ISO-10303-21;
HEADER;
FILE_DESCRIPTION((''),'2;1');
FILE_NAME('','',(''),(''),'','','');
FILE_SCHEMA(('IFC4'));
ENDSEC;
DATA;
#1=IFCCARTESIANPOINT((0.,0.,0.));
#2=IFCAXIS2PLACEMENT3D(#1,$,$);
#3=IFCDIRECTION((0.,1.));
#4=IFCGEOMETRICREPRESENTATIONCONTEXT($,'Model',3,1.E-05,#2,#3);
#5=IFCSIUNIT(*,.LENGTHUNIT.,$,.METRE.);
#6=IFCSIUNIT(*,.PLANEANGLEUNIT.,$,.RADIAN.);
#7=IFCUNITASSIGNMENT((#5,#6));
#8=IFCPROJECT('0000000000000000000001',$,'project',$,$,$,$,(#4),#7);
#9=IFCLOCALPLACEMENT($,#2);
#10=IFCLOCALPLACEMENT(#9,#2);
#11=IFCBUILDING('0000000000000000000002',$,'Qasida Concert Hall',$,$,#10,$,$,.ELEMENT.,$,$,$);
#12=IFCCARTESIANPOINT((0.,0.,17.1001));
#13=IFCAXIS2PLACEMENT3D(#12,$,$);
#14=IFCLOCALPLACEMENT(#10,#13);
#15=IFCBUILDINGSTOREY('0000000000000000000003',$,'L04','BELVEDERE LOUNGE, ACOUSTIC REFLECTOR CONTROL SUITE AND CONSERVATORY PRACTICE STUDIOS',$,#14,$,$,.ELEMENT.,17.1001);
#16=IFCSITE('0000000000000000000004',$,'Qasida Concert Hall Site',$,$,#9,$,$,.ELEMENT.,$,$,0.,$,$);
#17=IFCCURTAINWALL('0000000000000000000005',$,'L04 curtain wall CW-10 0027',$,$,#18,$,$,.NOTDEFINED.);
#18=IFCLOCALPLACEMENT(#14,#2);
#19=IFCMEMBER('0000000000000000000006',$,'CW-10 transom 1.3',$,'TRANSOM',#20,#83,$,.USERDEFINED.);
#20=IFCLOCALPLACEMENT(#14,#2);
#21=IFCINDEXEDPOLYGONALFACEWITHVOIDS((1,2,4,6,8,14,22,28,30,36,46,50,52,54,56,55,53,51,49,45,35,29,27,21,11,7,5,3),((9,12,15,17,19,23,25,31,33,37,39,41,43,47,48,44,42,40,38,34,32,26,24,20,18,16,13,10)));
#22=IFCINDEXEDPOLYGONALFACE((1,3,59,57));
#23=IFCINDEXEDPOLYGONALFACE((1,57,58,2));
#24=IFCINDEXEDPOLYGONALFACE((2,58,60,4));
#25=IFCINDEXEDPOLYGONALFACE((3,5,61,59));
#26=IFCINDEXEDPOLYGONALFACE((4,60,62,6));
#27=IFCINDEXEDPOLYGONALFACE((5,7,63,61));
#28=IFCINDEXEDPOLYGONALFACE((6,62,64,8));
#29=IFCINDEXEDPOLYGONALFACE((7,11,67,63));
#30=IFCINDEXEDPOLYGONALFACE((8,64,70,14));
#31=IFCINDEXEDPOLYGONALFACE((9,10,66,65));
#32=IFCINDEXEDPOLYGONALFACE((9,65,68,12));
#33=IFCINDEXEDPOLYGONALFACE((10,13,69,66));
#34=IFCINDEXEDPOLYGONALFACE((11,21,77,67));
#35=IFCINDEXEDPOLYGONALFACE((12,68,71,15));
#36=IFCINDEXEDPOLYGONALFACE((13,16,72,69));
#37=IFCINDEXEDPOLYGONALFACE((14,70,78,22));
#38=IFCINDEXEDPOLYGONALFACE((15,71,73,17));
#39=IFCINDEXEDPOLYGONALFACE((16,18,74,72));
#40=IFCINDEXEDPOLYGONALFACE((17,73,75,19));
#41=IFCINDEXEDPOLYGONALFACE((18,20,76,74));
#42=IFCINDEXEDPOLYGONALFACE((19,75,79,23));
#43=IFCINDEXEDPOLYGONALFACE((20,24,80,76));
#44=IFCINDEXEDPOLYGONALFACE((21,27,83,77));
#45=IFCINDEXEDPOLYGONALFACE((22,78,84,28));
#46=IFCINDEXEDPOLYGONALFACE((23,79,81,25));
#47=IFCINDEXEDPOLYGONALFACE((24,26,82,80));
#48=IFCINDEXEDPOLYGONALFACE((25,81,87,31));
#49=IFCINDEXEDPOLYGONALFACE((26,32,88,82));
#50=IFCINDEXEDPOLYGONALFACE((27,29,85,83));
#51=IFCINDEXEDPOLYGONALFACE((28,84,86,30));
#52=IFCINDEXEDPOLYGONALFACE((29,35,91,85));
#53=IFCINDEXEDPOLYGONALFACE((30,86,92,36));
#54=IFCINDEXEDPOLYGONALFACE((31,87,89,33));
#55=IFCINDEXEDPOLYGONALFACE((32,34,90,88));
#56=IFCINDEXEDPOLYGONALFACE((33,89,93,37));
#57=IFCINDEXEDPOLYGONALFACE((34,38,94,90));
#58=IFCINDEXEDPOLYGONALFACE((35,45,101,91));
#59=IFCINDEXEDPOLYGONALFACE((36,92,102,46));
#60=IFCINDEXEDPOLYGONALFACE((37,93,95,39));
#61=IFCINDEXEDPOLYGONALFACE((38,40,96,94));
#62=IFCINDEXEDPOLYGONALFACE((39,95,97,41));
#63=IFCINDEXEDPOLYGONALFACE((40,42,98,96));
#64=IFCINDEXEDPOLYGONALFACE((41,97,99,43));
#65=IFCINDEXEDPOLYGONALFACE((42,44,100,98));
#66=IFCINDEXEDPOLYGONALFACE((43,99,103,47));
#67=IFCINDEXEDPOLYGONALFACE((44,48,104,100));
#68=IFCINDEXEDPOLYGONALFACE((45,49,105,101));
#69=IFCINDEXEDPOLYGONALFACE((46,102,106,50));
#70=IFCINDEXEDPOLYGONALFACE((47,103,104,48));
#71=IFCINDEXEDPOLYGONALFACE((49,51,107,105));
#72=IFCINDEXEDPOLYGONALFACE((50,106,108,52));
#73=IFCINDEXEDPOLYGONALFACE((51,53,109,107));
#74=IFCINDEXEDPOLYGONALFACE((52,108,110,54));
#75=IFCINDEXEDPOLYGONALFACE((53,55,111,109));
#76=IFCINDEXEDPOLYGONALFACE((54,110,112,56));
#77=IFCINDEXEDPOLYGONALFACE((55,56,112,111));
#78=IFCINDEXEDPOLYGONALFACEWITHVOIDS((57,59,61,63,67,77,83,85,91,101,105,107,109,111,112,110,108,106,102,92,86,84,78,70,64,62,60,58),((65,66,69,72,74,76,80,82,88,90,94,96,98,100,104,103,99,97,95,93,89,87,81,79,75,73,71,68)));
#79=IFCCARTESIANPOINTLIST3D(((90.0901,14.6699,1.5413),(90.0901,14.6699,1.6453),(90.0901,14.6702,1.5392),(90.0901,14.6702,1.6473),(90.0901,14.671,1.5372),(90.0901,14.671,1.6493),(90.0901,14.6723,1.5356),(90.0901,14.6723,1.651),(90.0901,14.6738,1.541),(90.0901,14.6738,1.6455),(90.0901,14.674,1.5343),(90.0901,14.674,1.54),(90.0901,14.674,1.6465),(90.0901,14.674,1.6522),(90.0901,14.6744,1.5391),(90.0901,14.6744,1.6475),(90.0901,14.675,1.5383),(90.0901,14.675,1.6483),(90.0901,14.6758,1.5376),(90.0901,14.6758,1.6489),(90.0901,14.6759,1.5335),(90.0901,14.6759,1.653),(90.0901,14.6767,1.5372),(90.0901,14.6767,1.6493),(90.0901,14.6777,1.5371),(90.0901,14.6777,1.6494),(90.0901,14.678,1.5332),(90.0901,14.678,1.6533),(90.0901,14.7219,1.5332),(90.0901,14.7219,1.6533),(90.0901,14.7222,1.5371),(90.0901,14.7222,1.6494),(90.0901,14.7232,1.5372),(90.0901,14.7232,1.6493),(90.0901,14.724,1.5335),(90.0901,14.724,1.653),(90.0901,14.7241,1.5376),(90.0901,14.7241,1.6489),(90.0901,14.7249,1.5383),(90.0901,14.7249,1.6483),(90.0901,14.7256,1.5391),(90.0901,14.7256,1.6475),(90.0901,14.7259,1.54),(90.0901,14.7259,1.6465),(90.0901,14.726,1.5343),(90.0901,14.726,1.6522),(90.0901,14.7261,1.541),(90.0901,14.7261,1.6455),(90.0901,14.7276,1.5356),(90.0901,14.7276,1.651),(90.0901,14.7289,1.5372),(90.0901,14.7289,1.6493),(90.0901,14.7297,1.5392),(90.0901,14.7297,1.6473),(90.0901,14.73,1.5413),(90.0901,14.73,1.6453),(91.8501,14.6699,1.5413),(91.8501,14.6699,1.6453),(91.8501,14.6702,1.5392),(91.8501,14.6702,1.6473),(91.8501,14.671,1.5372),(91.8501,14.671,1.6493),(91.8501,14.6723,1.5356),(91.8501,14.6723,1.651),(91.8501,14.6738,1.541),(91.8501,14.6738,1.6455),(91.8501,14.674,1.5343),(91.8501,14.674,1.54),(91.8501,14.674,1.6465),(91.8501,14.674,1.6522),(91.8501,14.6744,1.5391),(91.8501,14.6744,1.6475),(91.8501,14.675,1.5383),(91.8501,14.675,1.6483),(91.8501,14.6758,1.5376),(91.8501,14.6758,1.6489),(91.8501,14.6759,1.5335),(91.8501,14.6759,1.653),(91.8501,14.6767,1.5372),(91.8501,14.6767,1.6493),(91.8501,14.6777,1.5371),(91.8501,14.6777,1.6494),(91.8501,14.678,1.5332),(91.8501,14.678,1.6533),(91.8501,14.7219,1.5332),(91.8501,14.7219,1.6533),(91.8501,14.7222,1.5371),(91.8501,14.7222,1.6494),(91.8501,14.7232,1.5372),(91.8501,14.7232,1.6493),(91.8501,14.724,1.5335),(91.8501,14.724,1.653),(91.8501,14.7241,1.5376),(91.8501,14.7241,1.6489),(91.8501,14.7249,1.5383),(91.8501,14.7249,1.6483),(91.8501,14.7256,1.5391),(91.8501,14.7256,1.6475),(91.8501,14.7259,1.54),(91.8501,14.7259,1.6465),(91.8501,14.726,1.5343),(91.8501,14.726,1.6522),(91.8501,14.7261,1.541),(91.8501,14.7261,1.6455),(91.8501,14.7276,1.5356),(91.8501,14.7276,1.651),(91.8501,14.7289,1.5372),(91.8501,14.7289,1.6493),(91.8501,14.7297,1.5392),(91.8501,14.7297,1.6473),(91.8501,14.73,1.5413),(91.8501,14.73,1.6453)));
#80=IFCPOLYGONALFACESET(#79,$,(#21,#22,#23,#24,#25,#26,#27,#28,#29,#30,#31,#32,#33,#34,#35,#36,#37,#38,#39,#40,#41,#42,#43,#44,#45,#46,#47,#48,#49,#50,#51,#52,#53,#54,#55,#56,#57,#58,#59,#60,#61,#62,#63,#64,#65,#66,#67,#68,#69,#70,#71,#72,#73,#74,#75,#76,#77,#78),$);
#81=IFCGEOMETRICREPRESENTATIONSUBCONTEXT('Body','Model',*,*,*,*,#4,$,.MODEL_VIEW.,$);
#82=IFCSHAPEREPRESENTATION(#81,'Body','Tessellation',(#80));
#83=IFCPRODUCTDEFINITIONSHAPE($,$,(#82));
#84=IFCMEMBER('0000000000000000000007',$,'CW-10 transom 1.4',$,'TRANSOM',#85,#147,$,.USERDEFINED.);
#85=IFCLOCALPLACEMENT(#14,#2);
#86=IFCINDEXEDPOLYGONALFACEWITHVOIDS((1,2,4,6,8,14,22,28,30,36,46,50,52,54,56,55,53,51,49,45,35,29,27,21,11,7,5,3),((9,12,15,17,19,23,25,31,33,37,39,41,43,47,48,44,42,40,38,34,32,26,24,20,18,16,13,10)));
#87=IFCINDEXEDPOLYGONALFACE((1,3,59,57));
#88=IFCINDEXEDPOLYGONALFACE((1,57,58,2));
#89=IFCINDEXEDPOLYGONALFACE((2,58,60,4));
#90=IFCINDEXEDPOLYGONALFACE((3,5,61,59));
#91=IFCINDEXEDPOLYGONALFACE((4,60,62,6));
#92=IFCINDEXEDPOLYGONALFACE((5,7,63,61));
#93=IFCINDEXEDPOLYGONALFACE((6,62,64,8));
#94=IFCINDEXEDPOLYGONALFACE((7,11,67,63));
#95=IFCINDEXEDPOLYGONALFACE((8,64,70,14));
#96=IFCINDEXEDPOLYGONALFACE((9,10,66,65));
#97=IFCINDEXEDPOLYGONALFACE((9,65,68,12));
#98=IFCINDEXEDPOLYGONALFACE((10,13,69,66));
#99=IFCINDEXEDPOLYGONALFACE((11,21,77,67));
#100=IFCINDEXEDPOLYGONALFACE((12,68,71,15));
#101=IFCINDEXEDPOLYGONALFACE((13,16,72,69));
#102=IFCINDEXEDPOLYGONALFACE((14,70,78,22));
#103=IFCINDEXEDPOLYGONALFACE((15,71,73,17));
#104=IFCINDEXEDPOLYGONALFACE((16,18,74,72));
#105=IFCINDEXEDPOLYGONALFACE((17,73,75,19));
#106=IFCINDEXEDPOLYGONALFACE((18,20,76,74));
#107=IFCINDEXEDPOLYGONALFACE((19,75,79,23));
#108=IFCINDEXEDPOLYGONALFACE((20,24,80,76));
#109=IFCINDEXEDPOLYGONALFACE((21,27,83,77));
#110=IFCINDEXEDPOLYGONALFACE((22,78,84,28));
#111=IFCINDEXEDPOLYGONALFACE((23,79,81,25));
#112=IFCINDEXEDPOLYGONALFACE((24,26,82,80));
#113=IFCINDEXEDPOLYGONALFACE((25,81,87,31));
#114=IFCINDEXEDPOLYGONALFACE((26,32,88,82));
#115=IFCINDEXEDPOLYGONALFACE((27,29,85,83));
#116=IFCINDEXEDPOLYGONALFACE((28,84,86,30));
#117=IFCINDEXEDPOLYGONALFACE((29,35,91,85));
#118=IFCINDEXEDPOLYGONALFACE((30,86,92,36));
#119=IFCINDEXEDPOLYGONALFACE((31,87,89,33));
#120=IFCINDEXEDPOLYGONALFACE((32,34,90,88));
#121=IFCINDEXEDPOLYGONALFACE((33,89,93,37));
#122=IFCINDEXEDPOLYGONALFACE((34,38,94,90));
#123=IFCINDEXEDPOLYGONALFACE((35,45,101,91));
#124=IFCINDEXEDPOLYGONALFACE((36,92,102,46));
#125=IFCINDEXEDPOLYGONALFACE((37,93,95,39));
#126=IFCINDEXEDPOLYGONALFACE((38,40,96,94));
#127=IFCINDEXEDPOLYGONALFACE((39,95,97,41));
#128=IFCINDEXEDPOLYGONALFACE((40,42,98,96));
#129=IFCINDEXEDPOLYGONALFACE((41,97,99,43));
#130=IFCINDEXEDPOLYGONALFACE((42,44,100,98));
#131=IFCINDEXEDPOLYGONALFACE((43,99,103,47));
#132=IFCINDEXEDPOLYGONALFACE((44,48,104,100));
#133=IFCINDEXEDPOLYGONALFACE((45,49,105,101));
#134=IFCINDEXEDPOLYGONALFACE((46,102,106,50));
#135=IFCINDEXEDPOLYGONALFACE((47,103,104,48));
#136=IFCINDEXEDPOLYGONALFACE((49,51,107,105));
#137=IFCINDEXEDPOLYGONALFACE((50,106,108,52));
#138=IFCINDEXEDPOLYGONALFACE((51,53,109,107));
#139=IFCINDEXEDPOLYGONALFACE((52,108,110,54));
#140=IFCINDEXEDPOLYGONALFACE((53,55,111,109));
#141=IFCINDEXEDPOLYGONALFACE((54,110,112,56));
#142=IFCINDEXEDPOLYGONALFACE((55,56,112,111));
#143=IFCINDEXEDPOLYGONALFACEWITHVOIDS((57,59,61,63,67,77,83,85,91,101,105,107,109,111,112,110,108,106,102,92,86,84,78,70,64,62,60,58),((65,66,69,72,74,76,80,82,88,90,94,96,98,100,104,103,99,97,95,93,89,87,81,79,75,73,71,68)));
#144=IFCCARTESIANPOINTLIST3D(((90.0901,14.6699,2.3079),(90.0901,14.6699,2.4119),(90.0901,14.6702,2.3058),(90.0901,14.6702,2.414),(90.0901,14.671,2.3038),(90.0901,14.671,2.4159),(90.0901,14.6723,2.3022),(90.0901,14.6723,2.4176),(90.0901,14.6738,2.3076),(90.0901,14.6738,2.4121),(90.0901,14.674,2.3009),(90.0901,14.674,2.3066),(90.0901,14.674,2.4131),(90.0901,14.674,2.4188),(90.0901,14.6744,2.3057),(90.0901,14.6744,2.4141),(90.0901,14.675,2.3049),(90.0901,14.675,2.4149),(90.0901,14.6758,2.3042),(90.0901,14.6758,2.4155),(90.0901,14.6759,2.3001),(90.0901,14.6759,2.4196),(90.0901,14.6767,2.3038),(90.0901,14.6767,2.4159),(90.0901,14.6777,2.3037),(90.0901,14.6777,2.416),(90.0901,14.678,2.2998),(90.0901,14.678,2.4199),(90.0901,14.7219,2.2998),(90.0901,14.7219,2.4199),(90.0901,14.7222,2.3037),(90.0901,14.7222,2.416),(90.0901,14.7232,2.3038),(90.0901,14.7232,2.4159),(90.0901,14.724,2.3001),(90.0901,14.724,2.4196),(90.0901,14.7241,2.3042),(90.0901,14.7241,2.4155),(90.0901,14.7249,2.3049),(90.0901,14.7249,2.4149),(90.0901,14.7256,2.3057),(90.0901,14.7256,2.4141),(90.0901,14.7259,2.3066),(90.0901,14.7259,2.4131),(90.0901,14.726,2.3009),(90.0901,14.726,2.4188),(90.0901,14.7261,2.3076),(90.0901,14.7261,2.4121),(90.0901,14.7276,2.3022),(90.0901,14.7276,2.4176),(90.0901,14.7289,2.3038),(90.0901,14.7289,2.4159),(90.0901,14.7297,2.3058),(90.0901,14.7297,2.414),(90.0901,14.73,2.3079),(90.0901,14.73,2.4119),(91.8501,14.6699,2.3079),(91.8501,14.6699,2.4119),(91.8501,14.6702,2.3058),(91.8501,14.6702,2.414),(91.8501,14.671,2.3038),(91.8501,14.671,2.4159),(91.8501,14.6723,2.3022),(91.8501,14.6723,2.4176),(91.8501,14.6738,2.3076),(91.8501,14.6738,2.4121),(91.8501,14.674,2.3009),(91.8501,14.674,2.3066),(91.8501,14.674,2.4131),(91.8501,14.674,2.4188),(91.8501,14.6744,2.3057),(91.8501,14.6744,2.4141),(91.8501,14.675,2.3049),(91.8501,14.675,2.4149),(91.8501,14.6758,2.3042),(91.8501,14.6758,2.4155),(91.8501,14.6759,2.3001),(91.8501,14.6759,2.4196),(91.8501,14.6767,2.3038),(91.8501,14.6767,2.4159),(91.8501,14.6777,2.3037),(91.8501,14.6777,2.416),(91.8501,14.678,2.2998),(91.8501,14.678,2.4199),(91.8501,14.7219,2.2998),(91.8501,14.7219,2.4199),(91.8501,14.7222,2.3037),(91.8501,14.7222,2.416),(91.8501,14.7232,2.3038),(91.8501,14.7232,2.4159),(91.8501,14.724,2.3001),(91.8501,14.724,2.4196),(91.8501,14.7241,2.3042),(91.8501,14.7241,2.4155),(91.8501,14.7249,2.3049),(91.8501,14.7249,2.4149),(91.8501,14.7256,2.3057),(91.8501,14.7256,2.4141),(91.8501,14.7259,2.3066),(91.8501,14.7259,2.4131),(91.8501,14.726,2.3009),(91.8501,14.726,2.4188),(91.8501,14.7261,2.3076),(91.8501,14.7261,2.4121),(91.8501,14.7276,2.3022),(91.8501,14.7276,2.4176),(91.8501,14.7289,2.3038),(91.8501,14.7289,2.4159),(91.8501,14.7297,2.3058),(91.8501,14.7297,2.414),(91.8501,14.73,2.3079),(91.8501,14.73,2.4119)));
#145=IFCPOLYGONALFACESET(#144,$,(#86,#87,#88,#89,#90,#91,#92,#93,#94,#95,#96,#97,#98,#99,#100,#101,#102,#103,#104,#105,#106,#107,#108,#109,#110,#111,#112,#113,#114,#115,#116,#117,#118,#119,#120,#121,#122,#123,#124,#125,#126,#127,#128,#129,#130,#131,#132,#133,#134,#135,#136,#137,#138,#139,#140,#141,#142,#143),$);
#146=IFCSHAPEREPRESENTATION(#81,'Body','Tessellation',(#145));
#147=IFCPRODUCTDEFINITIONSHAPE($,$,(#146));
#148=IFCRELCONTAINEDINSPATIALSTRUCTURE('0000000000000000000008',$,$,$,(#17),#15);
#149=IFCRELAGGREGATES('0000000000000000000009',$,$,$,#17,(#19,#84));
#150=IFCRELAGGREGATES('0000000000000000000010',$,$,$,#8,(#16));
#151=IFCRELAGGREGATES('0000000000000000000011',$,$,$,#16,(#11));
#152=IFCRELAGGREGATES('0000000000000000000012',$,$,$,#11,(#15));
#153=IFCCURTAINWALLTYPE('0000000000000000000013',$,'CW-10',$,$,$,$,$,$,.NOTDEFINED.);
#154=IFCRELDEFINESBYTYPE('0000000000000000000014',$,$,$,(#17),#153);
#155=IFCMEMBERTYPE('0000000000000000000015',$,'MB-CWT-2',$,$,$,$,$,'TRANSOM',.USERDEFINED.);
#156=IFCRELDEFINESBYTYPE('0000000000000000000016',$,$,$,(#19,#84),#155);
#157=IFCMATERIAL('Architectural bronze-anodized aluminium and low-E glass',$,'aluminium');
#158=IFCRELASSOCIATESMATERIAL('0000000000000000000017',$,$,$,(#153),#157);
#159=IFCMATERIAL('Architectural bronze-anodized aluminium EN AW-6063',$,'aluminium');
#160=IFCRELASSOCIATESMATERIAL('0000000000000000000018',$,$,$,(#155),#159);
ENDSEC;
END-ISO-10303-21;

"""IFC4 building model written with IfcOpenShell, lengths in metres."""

from ifc_helpers import new_model, si_unit, direction, frame, origin, origin_2d, place, context, subcontext, project, spatial, hollow_rectangle, extrude, material, material_profile, profile_set, type_object, element, aggregate, save


model = new_model("IFC4")

# Units and contexts
model_context = context("Model", 3, precision=1e-05, world=origin(), true_north=direction((0.0, 1.0)))
body_context = subcontext(model_context, "Body", "Model", "MODEL_VIEW")
ifc_project = project(units=[si_unit("LENGTHUNIT", "METRE"), si_unit("PLANEANGLEUNIT", "RADIAN")], contexts=[model_context])

# Site, building, storey
site_placement = place(None, origin())
site = spatial("IfcSite", under=ifc_project, at=site_placement, Name="Qasida Concert Hall Site", CompositionType="ELEMENT", RefElevation=0.0)
building_placement = place(site_placement, origin())
building = spatial("IfcBuilding", under=site, at=building_placement, Name="Qasida Concert Hall", CompositionType="ELEMENT")
storey_placement = place(building_placement, frame((0.0, 0.0, 17.1001)))
storey = spatial("IfcBuildingStorey", under=building, at=storey_placement, Name="L04", Description="BELVEDERE LOUNGE, ACOUSTIC REFLECTOR CONTROL SUITE AND CONSERVATORY PRACTICE STUDIOS", CompositionType="ELEMENT", Elevation=17.1001)

# Curtain wall, members
ifc_material_1 = material(Name="Architectural bronze-anodized aluminium and low-E glass", Category="aluminium")
curtain_wall_type = type_object("IfcCurtainWallType", Name="CW-10", PredefinedType="NOTDEFINED", material=ifc_material_1)
curtain_wall_placement = place(storey_placement, origin())
curtain_wall = element("IfcCurtainWall", 1, at=curtain_wall_placement, inside=storey, type_object=curtain_wall_type, Name="L04 curtain wall CW-10 0027", PredefinedType="NOTDEFINED")
ifc_material_2 = material(Name="Architectural bronze-anodized aluminium EN AW-6063", Category="aluminium")
ifc_material_profile_1 = material_profile(ifc_material_2, hollow_rectangle(XDim=0.0601, YDim=0.1201, WallThickness=0.0039, InnerFilletRadius=0.0039, OuterFilletRadius=0.0081, at=origin_2d()), Name="CWT 120x60x4")
ifc_profile_set_1 = profile_set([ifc_material_profile_1], Name="Architectural bronze-anodized aluminium EN AW-6063")
member_type_1 = type_object("IfcMemberType", Name="MB-CWT-2", ElementType="TRANSOM", PredefinedType="USERDEFINED", material=ifc_profile_set_1)
member_1_placement = place(storey_placement, frame((90.0901, 14.7, 1.5933), z_axis=(1.0, 0.0, 0.0), x_axis=(0.0, 1.0, 0.0)))
member_1 = element("IfcMember", 2, at=member_1_placement, type_object=member_type_1, Name="CW-10 transom 1.3", ObjectType="TRANSOM", PredefinedType="USERDEFINED", context=body_context, shape_type="SweptSolid", body=[
    extrude(hollow_rectangle(XDim=0.0601, YDim=0.1201, WallThickness=0.0039, InnerFilletRadius=0.0039, OuterFilletRadius=0.0081, at=origin_2d()), origin(), (0.0, 0.0, 1.0), 1.76),
])
member_2_placement = place(storey_placement, frame((90.0901, 14.7, 2.3599), z_axis=(1.0, 0.0, 0.0), x_axis=(0.0, 1.0, 0.0)))
member_2 = element("IfcMember", 3, at=member_2_placement, type_object=member_type_1, Name="CW-10 transom 1.4", ObjectType="TRANSOM", PredefinedType="USERDEFINED", context=body_context, shape_type="SweptSolid", body=[
    extrude(hollow_rectangle(XDim=0.0601, YDim=0.1201, WallThickness=0.0039, InnerFilletRadius=0.0039, OuterFilletRadius=0.0081, at=origin_2d()), origin(), (0.0, 0.0, 1.0), 1.76),
])
aggregate(curtain_wall, [member_1, member_2])

save(model, "model.ifc")
